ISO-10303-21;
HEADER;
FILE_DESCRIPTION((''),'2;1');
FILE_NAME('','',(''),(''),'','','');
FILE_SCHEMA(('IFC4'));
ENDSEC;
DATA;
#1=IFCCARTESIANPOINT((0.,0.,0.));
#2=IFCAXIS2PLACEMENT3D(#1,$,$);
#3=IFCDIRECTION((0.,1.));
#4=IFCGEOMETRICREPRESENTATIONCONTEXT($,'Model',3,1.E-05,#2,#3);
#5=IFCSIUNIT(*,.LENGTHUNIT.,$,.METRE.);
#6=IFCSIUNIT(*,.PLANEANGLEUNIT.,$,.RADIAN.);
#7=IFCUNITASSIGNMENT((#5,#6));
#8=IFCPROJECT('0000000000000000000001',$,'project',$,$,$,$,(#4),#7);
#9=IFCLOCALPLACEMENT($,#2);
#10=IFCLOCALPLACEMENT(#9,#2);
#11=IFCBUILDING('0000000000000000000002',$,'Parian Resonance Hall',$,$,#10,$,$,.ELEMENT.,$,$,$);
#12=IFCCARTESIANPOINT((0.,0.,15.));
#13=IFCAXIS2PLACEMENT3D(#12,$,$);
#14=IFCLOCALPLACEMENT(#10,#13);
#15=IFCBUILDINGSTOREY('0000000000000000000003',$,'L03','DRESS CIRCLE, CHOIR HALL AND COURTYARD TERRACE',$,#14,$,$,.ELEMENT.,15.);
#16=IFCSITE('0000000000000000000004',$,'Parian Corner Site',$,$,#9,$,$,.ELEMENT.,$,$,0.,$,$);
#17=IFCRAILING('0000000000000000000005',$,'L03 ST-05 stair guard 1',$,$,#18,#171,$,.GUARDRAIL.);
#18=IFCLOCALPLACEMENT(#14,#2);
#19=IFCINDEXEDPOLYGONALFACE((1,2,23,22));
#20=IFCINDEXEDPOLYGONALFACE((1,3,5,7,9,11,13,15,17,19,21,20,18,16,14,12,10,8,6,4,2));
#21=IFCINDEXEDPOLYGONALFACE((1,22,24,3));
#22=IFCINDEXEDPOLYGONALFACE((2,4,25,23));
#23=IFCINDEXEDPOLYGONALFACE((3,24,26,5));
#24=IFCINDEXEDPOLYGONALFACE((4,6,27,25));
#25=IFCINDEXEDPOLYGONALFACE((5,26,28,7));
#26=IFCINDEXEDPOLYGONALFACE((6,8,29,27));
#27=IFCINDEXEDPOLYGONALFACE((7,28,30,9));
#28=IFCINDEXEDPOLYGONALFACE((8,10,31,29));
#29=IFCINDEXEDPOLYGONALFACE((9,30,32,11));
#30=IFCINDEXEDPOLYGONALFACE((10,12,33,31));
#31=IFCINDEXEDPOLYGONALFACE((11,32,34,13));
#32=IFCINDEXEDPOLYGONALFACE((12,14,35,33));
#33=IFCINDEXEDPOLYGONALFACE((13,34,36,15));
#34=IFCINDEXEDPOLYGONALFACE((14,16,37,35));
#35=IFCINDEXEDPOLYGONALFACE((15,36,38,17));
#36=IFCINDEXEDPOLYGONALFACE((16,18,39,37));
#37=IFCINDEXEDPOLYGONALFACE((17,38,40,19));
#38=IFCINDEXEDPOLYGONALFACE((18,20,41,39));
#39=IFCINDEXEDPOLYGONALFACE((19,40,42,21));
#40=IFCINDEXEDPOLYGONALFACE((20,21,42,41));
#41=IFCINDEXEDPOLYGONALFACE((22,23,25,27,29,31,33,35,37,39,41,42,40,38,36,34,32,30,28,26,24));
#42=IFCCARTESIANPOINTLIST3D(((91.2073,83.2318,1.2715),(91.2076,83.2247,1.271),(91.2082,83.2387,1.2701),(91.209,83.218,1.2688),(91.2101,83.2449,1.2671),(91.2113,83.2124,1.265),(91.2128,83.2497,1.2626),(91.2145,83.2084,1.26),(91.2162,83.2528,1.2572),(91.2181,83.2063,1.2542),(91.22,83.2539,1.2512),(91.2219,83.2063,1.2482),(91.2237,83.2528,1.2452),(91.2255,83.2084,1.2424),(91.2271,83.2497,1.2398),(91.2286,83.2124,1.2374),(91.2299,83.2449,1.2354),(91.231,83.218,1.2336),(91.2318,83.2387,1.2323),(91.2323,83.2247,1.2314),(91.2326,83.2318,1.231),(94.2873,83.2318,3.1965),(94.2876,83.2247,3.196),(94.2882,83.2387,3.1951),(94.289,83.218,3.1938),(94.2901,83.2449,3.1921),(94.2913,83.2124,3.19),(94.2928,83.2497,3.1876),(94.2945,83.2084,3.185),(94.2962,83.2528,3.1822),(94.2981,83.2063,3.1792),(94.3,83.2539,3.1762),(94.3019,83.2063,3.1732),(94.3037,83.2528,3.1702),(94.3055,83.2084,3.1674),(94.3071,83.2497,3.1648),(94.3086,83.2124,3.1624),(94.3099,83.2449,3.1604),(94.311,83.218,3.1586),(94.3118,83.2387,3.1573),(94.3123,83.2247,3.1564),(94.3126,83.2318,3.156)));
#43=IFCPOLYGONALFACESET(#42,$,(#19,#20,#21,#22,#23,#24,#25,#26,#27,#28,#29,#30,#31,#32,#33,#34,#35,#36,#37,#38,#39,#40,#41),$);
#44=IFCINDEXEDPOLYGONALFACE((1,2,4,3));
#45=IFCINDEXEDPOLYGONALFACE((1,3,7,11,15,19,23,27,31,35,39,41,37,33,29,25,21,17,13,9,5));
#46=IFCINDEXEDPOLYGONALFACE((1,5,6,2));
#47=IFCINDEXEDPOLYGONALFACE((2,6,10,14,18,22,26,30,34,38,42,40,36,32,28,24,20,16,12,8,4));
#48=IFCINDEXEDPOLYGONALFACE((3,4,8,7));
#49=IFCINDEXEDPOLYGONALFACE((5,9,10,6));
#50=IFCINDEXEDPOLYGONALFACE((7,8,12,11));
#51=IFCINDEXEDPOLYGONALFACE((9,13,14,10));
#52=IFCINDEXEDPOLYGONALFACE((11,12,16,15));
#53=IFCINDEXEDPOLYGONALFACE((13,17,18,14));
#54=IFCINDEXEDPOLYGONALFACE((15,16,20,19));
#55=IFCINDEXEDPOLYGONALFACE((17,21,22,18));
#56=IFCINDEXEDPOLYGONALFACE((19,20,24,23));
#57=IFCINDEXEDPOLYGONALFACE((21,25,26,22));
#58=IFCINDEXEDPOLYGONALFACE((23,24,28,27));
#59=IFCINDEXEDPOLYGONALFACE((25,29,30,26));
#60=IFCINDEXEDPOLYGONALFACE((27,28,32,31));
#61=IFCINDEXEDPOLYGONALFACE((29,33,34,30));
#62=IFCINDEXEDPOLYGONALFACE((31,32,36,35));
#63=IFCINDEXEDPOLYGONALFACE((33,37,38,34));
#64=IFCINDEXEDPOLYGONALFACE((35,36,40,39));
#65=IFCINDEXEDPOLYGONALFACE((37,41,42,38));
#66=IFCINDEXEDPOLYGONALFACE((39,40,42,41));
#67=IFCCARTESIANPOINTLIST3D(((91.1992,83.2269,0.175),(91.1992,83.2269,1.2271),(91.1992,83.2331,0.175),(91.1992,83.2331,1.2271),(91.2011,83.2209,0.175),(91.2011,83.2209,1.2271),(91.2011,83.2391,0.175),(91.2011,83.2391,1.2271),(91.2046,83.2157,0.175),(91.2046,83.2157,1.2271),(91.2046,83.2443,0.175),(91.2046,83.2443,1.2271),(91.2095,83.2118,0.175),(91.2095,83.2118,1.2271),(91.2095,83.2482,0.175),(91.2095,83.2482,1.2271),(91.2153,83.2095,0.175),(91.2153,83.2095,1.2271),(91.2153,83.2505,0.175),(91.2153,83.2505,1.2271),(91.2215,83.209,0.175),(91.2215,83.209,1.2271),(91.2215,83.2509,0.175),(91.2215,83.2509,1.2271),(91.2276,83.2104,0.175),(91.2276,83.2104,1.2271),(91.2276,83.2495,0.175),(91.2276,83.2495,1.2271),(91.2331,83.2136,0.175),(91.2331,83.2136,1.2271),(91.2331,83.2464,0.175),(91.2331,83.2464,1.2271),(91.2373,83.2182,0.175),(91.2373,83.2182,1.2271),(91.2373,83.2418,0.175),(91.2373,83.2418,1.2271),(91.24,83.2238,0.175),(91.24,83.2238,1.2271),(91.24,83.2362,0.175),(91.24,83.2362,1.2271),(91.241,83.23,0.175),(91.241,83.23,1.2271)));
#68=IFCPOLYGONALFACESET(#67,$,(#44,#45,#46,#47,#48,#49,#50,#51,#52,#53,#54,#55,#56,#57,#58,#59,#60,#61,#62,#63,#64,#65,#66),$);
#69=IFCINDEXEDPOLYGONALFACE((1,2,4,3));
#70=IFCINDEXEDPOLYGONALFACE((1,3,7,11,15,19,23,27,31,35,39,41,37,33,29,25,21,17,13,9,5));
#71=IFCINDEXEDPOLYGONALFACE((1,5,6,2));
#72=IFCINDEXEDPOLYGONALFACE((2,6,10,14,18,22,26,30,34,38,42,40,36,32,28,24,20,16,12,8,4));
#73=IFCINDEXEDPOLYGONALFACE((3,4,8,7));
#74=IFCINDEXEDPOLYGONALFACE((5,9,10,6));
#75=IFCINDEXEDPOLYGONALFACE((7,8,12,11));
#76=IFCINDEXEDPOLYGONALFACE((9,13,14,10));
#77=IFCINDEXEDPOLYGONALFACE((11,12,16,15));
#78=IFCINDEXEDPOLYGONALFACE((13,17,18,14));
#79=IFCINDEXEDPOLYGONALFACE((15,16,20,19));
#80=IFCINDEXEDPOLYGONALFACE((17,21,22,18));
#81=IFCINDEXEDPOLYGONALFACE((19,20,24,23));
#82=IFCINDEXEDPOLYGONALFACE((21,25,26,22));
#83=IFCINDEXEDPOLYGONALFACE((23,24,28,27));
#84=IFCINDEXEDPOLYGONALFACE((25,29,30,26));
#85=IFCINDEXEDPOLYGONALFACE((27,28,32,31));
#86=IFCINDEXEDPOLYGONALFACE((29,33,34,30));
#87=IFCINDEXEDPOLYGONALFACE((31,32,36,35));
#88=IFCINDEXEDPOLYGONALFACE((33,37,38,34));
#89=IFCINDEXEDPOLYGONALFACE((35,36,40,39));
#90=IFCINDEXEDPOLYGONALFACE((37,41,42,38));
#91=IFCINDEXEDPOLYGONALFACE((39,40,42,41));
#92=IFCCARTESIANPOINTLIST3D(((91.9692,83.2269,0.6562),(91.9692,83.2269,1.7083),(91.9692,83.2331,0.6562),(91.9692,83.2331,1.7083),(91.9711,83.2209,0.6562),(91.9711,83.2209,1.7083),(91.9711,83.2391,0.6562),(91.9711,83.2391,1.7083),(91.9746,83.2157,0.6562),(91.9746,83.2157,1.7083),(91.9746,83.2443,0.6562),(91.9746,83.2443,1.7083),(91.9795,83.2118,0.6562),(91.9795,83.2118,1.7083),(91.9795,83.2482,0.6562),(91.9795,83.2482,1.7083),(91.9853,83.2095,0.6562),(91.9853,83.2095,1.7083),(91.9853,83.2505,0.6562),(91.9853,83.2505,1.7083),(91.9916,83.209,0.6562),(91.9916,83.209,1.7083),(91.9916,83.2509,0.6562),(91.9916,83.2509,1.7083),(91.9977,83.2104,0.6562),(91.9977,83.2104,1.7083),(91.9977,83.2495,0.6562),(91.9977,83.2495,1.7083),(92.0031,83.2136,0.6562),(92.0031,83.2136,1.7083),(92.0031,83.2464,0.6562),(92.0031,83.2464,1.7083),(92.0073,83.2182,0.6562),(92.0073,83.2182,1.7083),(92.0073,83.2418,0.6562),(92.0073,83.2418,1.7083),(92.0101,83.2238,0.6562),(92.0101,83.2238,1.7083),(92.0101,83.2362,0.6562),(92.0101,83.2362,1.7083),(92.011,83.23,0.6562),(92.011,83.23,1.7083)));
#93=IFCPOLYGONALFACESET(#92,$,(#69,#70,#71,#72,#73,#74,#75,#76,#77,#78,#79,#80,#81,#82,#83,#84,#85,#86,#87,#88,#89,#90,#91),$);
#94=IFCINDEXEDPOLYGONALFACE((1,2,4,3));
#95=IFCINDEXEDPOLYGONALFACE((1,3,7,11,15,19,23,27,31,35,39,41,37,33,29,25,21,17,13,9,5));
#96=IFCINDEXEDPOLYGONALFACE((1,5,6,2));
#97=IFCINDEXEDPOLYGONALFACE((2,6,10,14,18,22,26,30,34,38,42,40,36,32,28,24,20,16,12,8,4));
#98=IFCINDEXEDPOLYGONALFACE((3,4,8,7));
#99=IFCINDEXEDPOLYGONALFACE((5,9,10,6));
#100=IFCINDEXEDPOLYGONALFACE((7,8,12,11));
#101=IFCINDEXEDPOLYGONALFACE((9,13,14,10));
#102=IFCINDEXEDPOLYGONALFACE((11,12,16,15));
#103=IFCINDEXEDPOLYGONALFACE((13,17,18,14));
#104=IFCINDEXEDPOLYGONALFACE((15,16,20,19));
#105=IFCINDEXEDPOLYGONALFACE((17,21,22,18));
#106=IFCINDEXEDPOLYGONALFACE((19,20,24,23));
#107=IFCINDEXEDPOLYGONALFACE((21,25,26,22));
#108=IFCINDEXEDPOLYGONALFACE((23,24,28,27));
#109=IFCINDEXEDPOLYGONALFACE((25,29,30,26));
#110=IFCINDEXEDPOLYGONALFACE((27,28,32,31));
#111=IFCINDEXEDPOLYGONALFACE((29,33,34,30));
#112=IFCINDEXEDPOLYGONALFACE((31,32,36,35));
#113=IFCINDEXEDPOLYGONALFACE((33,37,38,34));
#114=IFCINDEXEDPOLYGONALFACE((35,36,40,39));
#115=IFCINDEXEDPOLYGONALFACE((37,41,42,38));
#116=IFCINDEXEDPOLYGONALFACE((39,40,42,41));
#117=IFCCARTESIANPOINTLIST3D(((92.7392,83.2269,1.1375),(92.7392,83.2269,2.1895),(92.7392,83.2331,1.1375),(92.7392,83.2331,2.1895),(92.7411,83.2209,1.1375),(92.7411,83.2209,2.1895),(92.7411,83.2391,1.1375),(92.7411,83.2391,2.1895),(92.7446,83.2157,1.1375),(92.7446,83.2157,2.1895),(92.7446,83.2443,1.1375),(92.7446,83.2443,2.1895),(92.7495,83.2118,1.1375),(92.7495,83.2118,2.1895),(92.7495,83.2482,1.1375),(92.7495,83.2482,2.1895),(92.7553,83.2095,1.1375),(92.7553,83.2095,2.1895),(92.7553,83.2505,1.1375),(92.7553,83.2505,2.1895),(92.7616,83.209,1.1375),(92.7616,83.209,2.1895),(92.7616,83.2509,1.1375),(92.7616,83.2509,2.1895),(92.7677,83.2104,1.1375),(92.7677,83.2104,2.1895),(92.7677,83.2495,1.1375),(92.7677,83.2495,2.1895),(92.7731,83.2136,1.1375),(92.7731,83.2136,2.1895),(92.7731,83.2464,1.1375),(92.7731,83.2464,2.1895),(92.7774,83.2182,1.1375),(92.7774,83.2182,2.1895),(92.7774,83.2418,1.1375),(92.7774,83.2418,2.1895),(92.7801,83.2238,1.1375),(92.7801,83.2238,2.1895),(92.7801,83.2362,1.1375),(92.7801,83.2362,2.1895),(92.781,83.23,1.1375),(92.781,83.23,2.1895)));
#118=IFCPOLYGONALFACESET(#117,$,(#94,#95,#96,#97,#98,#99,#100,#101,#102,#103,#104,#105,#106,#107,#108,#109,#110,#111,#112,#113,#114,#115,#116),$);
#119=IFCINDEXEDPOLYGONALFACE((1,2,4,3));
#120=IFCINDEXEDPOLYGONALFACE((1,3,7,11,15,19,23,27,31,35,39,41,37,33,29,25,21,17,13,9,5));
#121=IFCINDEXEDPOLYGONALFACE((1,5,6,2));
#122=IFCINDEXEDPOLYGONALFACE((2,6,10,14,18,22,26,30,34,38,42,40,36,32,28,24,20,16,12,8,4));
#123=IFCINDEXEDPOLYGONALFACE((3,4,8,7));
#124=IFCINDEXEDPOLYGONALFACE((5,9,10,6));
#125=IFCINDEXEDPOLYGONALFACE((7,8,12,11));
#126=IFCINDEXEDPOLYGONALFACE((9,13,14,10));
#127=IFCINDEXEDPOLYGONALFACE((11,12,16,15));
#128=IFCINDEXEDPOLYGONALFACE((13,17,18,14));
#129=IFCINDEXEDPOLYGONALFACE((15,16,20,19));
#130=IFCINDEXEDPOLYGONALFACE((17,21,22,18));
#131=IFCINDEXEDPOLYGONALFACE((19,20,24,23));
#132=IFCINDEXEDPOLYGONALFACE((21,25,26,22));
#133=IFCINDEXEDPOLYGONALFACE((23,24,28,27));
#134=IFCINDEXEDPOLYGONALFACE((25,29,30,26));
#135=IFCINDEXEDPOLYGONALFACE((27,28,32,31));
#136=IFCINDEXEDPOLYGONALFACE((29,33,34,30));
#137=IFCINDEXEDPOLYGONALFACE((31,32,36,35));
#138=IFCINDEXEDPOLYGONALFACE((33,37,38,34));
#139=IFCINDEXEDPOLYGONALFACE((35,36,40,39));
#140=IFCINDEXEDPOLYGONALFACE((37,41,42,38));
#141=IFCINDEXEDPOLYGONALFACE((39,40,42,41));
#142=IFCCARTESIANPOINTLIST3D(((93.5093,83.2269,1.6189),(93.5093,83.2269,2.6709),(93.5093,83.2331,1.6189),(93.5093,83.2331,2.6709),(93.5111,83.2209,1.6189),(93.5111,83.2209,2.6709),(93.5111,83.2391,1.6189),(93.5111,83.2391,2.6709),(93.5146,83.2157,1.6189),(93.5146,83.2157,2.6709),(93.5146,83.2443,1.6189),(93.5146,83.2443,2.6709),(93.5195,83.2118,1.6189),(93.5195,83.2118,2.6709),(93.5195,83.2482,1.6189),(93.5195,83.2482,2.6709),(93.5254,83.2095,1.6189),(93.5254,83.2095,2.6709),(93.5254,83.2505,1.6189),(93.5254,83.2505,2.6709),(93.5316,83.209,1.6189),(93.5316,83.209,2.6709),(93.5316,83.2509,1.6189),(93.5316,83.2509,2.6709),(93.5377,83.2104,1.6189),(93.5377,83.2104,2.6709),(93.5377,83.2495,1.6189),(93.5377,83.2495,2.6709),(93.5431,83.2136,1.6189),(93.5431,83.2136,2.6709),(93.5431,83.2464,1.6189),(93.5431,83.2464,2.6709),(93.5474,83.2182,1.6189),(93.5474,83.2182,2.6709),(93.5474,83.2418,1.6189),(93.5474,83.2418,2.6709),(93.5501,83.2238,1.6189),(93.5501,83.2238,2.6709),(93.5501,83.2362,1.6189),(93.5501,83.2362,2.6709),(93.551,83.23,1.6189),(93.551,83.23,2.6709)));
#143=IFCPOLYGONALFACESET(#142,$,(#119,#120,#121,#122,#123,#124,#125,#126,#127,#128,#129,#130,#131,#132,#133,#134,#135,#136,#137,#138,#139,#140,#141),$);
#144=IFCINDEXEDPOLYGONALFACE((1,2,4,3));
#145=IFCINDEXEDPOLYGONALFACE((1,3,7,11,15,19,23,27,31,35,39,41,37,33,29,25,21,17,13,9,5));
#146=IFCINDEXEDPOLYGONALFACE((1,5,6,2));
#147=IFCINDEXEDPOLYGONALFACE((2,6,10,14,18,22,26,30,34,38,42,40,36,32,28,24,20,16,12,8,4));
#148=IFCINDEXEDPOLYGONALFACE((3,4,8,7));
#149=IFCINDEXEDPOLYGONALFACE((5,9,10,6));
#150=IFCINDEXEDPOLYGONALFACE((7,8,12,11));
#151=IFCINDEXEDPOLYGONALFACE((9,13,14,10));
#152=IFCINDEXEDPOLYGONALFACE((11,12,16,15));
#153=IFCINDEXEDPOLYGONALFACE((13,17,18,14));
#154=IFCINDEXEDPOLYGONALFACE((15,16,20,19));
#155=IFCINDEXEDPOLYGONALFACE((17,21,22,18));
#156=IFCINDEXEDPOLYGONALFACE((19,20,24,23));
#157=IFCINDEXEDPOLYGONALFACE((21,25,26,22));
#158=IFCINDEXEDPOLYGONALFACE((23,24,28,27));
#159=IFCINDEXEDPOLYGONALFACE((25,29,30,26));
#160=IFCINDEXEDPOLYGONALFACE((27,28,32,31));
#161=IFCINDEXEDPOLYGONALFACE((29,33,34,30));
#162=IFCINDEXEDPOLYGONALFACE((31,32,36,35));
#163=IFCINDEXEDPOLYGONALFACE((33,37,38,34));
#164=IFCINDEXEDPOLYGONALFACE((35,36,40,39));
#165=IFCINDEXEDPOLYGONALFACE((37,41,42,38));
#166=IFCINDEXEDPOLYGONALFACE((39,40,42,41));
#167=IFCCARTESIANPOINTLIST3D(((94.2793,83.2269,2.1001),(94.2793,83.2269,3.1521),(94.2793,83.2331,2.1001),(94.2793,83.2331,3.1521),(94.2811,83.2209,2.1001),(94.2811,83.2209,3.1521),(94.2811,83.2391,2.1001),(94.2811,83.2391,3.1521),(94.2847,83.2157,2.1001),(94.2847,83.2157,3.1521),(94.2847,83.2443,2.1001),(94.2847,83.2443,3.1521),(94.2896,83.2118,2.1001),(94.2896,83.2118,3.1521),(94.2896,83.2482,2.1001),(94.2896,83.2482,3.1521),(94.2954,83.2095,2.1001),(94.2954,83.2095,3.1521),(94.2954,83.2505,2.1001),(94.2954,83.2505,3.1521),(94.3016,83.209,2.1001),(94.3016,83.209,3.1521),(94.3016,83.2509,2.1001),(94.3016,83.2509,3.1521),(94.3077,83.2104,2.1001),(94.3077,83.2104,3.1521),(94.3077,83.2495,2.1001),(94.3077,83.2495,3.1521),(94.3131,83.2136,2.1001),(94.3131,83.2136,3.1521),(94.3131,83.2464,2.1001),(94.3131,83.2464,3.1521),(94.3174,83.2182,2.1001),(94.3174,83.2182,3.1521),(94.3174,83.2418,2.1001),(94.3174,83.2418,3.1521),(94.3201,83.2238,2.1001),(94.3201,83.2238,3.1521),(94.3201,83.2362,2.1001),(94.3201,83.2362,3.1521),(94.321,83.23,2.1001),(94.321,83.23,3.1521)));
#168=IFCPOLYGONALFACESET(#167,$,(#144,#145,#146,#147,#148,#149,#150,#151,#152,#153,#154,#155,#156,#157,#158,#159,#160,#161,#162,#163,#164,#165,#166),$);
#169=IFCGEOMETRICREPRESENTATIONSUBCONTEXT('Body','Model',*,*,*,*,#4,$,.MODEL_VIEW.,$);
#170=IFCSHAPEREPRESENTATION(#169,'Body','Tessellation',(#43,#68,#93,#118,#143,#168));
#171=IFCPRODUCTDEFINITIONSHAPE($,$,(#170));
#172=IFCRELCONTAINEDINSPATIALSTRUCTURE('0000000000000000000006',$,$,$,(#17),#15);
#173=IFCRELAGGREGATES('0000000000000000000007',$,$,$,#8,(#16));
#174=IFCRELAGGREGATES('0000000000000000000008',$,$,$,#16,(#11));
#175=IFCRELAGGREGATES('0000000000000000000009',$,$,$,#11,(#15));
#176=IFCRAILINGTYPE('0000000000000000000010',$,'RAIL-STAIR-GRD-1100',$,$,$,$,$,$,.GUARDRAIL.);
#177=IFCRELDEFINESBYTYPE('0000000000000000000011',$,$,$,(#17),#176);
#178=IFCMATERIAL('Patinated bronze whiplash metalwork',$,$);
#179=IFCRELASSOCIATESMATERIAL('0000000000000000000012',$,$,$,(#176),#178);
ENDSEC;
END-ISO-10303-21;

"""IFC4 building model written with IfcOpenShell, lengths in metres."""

from ifc_helpers import new_model, si_unit, direction, frame, origin, origin_2d, place, context, subcontext, project, spatial, circle, extrude, material, type_object, element, save


model = new_model("IFC4")

# Units and contexts
model_context = context("Model", 3, precision=1e-05, world=origin(), true_north=direction((0.0, 1.0)))
body_context = subcontext(model_context, "Body", "Model", "MODEL_VIEW")
ifc_project = project(units=[si_unit("LENGTHUNIT", "METRE"), si_unit("PLANEANGLEUNIT", "RADIAN")], contexts=[model_context])

# Site, building, storey
site_placement = place(None, origin())
site = spatial("IfcSite", under=ifc_project, at=site_placement, Name="Parian Corner Site", CompositionType="ELEMENT", RefElevation=0.0)
building_placement = place(site_placement, origin())
building = spatial("IfcBuilding", under=site, at=building_placement, Name="Parian Resonance Hall", CompositionType="ELEMENT")
storey_placement = place(building_placement, frame((0.0, 0.0, 15.0)))
storey = spatial("IfcBuildingStorey", under=building, at=storey_placement, Name="L03", Description="DRESS CIRCLE, CHOIR HALL AND COURTYARD TERRACE", CompositionType="ELEMENT", Elevation=15.0)

# Railing
ifc_material_1 = material(Name="Patinated bronze whiplash metalwork")
railing_type_1 = type_object("IfcRailingType", Name="RAIL-STAIR-GRD-1100", PredefinedType="GUARDRAIL", material=ifc_material_1)
railing_1_placement = place(storey_placement, frame((91.22, 83.23, 0.175)))
element("IfcRailing", 1, at=railing_1_placement, inside=storey, type_object=railing_type_1, Name="L03 ST-05 stair guard 1", PredefinedType="GUARDRAIL", context=body_context, shape_type="SweptSolid", body=[
    extrude(circle(Radius=0.0239, at=origin_2d()), frame((0.0, 0.0, 1.0762), z_axis=(0.847998, 0.0, 0.529999), x_axis=(0.0, 1.0, 0.0)), (0.0, 0.0, 1.0), 3.6321),
    extrude(circle(Radius=0.021, at=origin_2d()), origin(), (0.0, 0.0, 1.0), 1.052),
    extrude(circle(Radius=0.021, at=origin_2d()), frame((0.77, 0.0, 0.4812)), (0.0, 0.0, 1.0), 1.052),
    extrude(circle(Radius=0.021, at=origin_2d()), frame((1.54, 0.0, 0.9624)), (0.0, 0.0, 1.0), 1.052),
    extrude(circle(Radius=0.021, at=origin_2d()), frame((2.3101, 0.0, 1.4438)), (0.0, 0.0, 1.0), 1.052),
    extrude(circle(Radius=0.021, at=origin_2d()), frame((3.0801, 0.0, 1.925)), (0.0, 0.0, 1.0), 1.052),
])

save(model, "model.ifc")
